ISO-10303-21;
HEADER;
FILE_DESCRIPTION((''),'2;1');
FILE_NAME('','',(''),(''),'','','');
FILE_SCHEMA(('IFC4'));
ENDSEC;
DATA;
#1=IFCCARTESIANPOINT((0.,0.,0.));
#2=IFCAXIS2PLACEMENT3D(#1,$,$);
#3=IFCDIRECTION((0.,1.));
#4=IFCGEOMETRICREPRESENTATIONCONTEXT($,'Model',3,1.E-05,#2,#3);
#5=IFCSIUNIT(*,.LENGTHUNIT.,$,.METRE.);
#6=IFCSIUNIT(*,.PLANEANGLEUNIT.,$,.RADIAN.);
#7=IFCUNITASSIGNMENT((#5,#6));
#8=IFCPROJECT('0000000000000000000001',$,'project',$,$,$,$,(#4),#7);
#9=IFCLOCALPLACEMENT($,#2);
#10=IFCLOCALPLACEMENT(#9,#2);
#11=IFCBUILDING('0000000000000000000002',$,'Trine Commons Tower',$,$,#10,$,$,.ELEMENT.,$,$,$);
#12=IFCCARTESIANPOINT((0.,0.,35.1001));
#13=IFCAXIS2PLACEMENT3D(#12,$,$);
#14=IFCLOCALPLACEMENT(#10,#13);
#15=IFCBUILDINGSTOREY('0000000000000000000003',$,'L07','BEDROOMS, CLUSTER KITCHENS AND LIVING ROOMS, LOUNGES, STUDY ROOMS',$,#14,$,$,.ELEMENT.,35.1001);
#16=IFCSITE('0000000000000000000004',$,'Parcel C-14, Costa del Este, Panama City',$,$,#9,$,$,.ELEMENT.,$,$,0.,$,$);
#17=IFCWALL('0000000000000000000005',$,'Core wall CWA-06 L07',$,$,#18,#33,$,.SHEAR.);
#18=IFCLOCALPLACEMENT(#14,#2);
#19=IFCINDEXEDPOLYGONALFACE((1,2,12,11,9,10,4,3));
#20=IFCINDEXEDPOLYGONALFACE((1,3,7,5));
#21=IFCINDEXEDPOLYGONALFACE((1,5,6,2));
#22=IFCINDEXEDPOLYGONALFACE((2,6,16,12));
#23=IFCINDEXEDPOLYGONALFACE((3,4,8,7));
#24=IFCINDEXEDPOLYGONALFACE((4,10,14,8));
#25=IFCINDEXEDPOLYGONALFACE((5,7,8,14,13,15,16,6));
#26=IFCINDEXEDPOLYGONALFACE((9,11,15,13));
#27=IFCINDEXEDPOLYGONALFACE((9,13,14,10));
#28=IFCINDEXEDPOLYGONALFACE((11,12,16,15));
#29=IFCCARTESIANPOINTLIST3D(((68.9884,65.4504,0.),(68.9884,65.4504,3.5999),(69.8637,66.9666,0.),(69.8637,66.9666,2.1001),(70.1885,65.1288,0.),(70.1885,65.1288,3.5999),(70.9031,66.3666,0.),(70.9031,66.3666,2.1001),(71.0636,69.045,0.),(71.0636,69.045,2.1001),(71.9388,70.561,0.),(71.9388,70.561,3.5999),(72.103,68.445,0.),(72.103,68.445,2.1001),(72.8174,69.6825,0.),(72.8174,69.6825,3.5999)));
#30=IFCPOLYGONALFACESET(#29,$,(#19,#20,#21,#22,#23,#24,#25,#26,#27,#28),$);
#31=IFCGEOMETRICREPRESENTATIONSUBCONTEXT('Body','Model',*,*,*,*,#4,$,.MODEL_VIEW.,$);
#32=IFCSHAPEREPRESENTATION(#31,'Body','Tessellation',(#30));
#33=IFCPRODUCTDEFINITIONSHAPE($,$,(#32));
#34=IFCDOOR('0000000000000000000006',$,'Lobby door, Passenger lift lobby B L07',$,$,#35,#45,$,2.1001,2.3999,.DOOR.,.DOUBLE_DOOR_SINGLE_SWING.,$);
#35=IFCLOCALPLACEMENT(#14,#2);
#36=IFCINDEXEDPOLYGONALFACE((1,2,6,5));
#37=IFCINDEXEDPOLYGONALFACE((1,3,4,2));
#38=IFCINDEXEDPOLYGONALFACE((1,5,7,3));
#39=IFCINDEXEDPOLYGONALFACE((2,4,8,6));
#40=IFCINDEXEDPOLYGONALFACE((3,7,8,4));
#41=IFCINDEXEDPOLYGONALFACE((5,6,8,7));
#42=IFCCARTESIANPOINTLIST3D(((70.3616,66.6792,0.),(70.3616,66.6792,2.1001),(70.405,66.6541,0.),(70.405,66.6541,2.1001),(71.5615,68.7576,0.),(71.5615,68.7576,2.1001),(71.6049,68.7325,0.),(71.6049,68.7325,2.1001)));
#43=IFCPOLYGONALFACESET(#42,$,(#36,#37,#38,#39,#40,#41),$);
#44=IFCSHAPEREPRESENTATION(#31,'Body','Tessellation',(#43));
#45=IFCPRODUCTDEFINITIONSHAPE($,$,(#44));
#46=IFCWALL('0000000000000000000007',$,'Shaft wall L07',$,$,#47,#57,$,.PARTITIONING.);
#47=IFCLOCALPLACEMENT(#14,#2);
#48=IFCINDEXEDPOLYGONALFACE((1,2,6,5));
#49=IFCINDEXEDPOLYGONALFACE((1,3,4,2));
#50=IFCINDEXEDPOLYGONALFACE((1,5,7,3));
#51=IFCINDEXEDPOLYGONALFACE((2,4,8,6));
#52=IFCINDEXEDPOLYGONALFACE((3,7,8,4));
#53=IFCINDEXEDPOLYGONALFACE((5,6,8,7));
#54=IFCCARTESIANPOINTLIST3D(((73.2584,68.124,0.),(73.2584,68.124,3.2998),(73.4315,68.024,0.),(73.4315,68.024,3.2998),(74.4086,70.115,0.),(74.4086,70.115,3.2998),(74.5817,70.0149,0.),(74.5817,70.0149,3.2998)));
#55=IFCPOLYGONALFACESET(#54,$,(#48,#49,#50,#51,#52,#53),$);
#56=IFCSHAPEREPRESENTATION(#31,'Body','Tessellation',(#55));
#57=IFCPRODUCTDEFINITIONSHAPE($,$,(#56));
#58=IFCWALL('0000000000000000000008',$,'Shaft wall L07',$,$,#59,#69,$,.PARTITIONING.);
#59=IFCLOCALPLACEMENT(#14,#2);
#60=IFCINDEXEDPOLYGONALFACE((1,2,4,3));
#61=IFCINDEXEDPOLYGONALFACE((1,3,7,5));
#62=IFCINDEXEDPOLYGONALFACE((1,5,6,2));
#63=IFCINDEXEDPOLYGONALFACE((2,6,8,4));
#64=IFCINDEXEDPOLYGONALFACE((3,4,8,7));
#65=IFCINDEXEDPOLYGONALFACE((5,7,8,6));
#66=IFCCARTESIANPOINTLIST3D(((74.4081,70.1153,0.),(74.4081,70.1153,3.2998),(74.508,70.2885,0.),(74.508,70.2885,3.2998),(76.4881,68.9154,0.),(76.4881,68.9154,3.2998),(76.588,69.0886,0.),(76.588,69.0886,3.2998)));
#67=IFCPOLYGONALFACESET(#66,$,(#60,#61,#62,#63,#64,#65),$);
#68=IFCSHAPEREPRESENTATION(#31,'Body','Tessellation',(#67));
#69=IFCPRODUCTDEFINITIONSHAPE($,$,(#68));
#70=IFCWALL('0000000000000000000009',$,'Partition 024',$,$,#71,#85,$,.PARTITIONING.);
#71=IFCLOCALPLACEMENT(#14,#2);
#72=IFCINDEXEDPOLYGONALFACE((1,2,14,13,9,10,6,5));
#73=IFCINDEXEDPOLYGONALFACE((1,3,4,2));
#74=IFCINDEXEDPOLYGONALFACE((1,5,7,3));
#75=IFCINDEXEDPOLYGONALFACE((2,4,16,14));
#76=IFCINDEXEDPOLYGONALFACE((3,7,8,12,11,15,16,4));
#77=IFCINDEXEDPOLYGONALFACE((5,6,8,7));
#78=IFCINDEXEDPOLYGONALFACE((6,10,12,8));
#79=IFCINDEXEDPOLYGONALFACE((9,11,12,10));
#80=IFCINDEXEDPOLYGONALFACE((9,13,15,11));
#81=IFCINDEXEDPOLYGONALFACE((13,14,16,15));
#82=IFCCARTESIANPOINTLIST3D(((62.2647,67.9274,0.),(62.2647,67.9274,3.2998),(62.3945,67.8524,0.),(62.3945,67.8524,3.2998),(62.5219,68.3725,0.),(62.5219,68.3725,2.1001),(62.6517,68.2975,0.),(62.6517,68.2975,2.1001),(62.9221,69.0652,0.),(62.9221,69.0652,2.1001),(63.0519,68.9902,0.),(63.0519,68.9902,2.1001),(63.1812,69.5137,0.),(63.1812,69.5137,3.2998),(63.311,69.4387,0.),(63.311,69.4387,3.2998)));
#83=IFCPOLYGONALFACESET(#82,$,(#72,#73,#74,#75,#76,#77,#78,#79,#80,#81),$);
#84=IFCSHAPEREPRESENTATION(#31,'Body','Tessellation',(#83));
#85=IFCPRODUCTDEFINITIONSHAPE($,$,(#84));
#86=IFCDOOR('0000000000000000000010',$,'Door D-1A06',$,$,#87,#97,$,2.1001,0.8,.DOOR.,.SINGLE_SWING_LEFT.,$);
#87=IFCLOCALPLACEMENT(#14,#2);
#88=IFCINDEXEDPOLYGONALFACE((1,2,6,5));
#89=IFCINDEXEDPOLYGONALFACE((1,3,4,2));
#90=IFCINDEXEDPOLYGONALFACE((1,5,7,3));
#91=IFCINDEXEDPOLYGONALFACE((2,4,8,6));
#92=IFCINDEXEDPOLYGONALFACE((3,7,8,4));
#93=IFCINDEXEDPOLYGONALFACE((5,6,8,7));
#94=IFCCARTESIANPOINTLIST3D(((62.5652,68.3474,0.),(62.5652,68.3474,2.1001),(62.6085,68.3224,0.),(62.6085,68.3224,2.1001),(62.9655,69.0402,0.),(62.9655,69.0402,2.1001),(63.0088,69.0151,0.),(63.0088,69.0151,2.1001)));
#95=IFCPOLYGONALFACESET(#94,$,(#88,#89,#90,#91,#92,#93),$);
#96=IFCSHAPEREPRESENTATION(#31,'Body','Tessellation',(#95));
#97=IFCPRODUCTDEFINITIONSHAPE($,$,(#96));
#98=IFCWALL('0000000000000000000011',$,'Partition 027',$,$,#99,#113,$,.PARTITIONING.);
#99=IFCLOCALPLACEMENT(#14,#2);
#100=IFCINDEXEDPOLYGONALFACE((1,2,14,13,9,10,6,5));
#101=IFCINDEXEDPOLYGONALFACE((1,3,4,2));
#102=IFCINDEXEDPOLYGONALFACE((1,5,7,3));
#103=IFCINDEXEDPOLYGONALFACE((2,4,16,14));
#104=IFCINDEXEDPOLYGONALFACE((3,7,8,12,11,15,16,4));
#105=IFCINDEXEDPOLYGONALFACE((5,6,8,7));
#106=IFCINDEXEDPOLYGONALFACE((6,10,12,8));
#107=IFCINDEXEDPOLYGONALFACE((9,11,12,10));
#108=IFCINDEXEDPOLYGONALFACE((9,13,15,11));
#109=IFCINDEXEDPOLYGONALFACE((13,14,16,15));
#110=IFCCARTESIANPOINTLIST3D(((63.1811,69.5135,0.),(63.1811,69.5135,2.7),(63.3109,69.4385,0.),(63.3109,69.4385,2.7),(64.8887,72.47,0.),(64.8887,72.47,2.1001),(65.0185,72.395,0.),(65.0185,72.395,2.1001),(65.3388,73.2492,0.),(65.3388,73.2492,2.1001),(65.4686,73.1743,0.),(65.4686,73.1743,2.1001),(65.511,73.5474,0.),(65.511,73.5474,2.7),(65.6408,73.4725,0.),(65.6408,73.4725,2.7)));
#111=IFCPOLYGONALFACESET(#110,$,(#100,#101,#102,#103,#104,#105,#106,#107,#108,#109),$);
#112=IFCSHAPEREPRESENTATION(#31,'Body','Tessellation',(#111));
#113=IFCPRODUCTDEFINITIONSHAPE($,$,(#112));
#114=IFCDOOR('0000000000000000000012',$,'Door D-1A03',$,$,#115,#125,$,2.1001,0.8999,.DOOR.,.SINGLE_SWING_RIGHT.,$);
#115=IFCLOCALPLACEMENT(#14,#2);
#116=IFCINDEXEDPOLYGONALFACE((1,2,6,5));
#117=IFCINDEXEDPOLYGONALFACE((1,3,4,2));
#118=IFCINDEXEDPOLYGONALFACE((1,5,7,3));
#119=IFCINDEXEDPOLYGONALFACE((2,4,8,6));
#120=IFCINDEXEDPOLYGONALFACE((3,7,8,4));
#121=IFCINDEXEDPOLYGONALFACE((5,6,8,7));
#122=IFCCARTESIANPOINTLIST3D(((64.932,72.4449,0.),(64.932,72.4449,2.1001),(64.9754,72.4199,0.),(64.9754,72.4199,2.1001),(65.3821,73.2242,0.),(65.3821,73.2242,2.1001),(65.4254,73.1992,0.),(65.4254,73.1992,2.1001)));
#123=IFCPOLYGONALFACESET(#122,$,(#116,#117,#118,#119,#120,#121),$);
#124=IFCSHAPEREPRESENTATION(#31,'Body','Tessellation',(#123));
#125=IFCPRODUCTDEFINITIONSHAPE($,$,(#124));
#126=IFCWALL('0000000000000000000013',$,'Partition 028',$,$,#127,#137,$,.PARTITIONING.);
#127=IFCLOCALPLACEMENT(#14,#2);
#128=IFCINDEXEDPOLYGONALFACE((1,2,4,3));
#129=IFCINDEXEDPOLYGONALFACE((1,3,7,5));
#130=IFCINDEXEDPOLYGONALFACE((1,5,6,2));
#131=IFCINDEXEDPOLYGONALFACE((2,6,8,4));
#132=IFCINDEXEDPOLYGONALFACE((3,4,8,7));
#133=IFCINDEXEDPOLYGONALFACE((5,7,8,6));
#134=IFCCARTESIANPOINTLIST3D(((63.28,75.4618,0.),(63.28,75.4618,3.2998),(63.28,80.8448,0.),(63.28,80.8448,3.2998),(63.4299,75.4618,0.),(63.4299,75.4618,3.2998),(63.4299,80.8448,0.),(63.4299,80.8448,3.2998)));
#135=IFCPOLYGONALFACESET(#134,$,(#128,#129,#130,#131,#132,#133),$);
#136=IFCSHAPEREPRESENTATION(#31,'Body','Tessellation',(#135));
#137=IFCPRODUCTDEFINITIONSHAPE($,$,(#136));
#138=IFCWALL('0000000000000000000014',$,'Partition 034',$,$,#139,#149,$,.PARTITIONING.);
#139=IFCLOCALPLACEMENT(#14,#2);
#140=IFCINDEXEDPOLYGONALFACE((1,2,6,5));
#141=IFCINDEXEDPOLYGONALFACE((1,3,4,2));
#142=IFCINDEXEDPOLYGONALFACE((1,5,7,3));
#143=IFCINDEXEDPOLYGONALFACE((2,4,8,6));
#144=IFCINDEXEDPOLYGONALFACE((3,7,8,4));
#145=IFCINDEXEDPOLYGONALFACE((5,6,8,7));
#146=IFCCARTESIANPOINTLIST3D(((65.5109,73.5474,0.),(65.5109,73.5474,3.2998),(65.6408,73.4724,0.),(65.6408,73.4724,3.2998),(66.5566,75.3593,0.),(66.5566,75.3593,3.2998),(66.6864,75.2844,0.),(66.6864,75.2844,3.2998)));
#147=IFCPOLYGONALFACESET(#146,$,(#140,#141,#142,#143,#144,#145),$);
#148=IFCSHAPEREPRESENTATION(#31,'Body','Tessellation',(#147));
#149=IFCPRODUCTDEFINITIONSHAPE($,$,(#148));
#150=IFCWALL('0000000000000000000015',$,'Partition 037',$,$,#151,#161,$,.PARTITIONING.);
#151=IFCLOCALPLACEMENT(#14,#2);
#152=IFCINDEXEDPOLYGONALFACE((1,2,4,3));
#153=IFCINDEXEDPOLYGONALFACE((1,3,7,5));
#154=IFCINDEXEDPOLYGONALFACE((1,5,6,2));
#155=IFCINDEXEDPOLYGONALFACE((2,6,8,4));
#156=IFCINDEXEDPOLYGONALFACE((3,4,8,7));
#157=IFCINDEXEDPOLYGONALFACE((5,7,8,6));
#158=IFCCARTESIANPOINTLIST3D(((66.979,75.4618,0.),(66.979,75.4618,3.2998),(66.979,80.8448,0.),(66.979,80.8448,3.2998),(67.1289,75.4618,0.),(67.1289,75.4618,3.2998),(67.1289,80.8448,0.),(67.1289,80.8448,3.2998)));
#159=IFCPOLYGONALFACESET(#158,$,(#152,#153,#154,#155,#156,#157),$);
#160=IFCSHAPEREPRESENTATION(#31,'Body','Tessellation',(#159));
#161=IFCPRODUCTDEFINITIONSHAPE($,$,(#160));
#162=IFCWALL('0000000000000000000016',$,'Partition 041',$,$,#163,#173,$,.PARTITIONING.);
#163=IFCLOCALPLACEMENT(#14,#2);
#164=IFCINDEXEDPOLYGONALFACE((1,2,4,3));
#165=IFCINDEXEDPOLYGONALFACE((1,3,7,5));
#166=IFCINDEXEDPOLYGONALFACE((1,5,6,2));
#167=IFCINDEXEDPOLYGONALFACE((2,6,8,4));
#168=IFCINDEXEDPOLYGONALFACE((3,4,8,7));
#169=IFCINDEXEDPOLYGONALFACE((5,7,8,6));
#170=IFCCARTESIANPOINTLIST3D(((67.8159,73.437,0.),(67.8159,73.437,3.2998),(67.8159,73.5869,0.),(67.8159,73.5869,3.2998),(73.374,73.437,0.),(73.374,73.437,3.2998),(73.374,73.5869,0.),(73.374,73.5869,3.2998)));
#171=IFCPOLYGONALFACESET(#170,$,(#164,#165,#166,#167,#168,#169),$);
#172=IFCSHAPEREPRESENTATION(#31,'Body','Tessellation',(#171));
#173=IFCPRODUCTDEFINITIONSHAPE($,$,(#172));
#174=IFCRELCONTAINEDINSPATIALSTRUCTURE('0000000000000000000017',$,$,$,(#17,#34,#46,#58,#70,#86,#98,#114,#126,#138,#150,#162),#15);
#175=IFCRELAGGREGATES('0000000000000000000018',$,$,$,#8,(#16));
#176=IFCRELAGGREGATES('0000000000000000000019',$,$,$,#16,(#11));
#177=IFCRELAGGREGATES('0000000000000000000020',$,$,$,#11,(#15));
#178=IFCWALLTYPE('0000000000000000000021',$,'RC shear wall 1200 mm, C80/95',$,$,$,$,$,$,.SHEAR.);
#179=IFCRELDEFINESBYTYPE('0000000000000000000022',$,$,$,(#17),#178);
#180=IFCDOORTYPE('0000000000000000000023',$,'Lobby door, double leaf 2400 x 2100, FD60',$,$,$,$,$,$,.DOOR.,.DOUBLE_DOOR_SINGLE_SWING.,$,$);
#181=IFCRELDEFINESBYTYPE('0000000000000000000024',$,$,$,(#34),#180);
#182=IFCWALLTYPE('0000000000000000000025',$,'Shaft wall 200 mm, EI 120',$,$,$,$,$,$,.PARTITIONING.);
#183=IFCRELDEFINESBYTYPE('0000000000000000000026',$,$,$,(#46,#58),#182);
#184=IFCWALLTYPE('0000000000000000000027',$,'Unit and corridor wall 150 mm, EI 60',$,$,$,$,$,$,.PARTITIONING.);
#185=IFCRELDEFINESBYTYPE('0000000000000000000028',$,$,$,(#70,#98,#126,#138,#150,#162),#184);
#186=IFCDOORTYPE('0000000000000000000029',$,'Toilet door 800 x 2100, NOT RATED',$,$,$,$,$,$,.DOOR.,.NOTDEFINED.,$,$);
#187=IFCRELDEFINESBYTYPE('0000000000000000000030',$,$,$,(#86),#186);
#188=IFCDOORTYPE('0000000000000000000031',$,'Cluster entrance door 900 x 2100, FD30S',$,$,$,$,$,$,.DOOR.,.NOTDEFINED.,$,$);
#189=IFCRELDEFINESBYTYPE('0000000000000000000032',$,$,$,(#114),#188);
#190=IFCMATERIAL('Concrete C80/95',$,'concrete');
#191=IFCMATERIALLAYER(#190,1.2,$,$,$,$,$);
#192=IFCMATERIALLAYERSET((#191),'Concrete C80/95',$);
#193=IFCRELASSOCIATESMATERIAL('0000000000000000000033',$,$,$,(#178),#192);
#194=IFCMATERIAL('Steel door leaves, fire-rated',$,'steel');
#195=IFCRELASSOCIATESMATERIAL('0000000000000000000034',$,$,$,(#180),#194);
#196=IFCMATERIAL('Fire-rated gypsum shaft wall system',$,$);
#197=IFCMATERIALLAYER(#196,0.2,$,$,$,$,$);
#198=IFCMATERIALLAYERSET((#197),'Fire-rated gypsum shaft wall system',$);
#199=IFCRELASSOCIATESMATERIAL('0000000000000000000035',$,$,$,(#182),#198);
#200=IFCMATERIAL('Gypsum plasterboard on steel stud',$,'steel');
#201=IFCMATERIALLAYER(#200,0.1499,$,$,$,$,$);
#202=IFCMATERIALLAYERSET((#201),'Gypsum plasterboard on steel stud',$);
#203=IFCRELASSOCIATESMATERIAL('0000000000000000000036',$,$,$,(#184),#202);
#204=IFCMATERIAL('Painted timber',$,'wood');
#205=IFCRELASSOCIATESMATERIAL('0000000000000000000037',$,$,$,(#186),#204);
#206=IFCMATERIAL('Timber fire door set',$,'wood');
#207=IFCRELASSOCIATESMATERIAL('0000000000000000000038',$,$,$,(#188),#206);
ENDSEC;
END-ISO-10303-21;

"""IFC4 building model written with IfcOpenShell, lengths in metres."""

from ifc_helpers import new_model, si_unit, direction, frame, frame_2d, origin, place, context, subcontext, project, spatial, polyline, rectangle, outline, extrude, material, layer, layer_set, type_object, element, fill, save


model = new_model("IFC4")

# Units and contexts
model_context = context("Model", 3, precision=1e-05, world=origin(), true_north=direction((0.0, 1.0)))
body_context = subcontext(model_context, "Body", "Model", "MODEL_VIEW")
ifc_project = project(units=[si_unit("LENGTHUNIT", "METRE"), si_unit("PLANEANGLEUNIT", "RADIAN")], contexts=[model_context])

# Site, building, storey
site_placement = place(None, origin())
site = spatial("IfcSite", under=ifc_project, at=site_placement, Name="Parcel C-14, Costa del Este, Panama City", CompositionType="ELEMENT", RefElevation=0.0)
building_placement = place(site_placement, origin())
building = spatial("IfcBuilding", under=site, at=building_placement, Name="Trine Commons Tower", CompositionType="ELEMENT")
storey_placement = place(building_placement, frame((0.0, 0.0, 35.1001)))
storey = spatial("IfcBuildingStorey", under=building, at=storey_placement, Name="L07", Description="BEDROOMS, CLUSTER KITCHENS AND LIVING ROOMS, LOUNGES, STUDY ROOMS", CompositionType="ELEMENT", Elevation=35.1001)

# Shared definitions
ifc_material_1 = material(Name="Concrete C80/95", Category="concrete")

# Wall, opening, door
ifc_layer_1 = layer(ifc_material_1, 1.2)
ifc_layer_set_1 = layer_set([ifc_layer_1], Name="Concrete C80/95")
wall_type_1 = type_object("IfcWallType", Name="RC shear wall 1200 mm, C80/95", PredefinedType="SHEAR", material=ifc_layer_set_1)
wall_1_placement = place(storey_placement, frame((72.4585, 70.261, 0.0), z_axis=(0.0, 0.0, 1.0), x_axis=(-0.499979, -0.866037, 0.0)))
wall_1 = element("IfcWall", 1, at=wall_1_placement, inside=storey, type_object=wall_type_1, Name="Core wall CWA-06 L07", PredefinedType="SHEAR", context=body_context, shape_type="SweptSolid", body=[
    extrude(outline(polyline([(0.0, -0.6001), (5.9011, -0.6001), (5.5796, 0.6001), (0.3215, 0.6001), (0.0, -0.6001)])), origin(), (0.0, 0.0, 1.0), 3.5999),
])
opening_1_placement = place(wall_1_placement, frame((1.7505, 0.0, 0.0)))
opening_1 = element("IfcOpeningElement", 2, at=opening_1_placement, cuts=wall_1, PredefinedType="OPENING", context=body_context, shape_type="SweptSolid", body=[
    extrude(rectangle(XDim=2.3999, YDim=2.1001, at=frame_2d((1.2, 1.05))), frame((0.0, 0.6099, 0.0), z_axis=(0.0, -1.0, 0.0), x_axis=(1.0, 0.0, 0.0)), (0.0, 0.0, 1.0), 1.22),
])
ifc_material_2 = material(Name="Steel door leaves, fire-rated", Category="steel")
door_type_1 = type_object("IfcDoorType", Name="Lobby door, double leaf 2400 x 2100, FD60", OperationType="DOUBLE_DOOR_SINGLE_SWING", PredefinedType="DOOR", material=ifc_material_2)
door_1_placement = place(opening_1_placement, origin())
door_1 = element("IfcDoor", 3, at=door_1_placement, inside=storey, type_object=door_type_1, Name="Lobby door, Passenger lift lobby B L07", OperationType="DOUBLE_DOOR_SINGLE_SWING", OverallHeight=2.1001, OverallWidth=2.3999, PredefinedType="DOOR", context=body_context, shape_type="SweptSolid", body=[
    extrude(rectangle(XDim=2.3999, YDim=2.1001, at=frame_2d((1.2, 1.05))), frame((0.0, 0.0249, 0.0), z_axis=(0.0, -1.0, 0.0), x_axis=(1.0, 0.0, 0.0)), (0.0, 0.0, 1.0), 0.05),
])
fill(opening_1, door_1)

# Walls
ifc_material_3 = material(Name="Fire-rated gypsum shaft wall system")
ifc_layer_2 = layer(ifc_material_3, 0.2)
ifc_layer_set_2 = layer_set([ifc_layer_2], Name="Fire-rated gypsum shaft wall system")
wall_type_2 = type_object("IfcWallType", Name="Shaft wall 200 mm, EI 120", PredefinedType="PARTITIONING", material=ifc_layer_set_2)
wall_2_placement = place(storey_placement, frame((73.345, 68.074, 0.0), z_axis=(0.0, 0.0, 1.0), x_axis=(0.500216, 0.865901, 0.0)))
element("IfcWall", 4, at=wall_2_placement, inside=storey, type_object=wall_type_2, Name="Shaft wall L07", PredefinedType="PARTITIONING", context=body_context, shape_type="SweptSolid", body=[
    extrude(rectangle(XDim=2.2993, YDim=0.2, at=frame_2d((1.1497, 0.0))), origin(), (0.0, 0.0, 1.0), 3.2998),
])
wall_3_placement = place(storey_placement, frame((76.5381, 69.002, 0.0), z_axis=(0.0, 0.0, 1.0), x_axis=(-0.866203, 0.499693, 0.0)))
element("IfcWall", 5, at=wall_3_placement, inside=storey, type_object=wall_type_2, Name="Shaft wall L07", PredefinedType="PARTITIONING", context=body_context, shape_type="SweptSolid", body=[
    extrude(rectangle(XDim=2.4014, YDim=0.2, at=frame_2d((1.2007, 0.0))), origin(), (0.0, 0.0, 1.0), 3.2998),
])

# Walls, openings, doors
ifc_material_4 = material(Name="Gypsum plasterboard on steel stud", Category="steel")
ifc_layer_3 = layer(ifc_material_4, 0.1499)
ifc_layer_set_3 = layer_set([ifc_layer_3], Name="Gypsum plasterboard on steel stud")
wall_type_3 = type_object("IfcWallType", Name="Unit and corridor wall 150 mm, EI 60", PredefinedType="PARTITIONING", material=ifc_layer_set_3)
wall_4_placement = place(storey_placement, frame((62.3296, 67.8899, 0.0), z_axis=(0.0, 0.0, 1.0), x_axis=(0.500295, 0.865855, 0.0)))
wall_4 = element("IfcWall", 6, at=wall_4_placement, inside=storey, type_object=wall_type_3, Name="Partition 024", PredefinedType="PARTITIONING", context=body_context, shape_type="SweptSolid", body=[
    extrude(rectangle(XDim=1.832, YDim=0.1499, at=frame_2d((0.916, 0.0))), origin(), (0.0, 0.0, 1.0), 3.2998),
])
opening_2_placement = place(wall_4_placement, frame((0.5142, 0.0, 0.0)))
opening_2 = element("IfcOpeningElement", 7, at=opening_2_placement, cuts=wall_4, PredefinedType="OPENING", context=body_context, shape_type="SweptSolid", body=[
    extrude(rectangle(XDim=0.8, YDim=2.1001, at=frame_2d((0.3999, 1.05))), frame((0.0, 0.085, 0.0), z_axis=(0.0, -1.0, 0.0), x_axis=(1.0, 0.0, 0.0)), (0.0, 0.0, 1.0), 0.1699),
])
ifc_material_5 = material(Name="Painted timber", Category="wood")
door_type_2 = type_object("IfcDoorType", Name="Toilet door 800 x 2100, NOT RATED", OperationType="NOTDEFINED", PredefinedType="DOOR", material=ifc_material_5)
door_2_placement = place(opening_2_placement, origin())
door_2 = element("IfcDoor", 8, at=door_2_placement, inside=storey, type_object=door_type_2, Name="Door D-1A06", OperationType="SINGLE_SWING_LEFT", OverallHeight=2.1001, OverallWidth=0.8, PredefinedType="DOOR", context=body_context, shape_type="SweptSolid", body=[
    extrude(rectangle(XDim=0.8, YDim=2.1001, at=frame_2d((0.3999, 1.05))), frame((0.0, 0.0249, 0.0), z_axis=(0.0, -1.0, 0.0), x_axis=(1.0, 0.0, 0.0)), (0.0, 0.0, 1.0), 0.05),
])
fill(opening_2, door_2)
wall_5_placement = place(storey_placement, frame((63.2461, 69.4761, 0.0), z_axis=(0.0, 0.0, 1.0), x_axis=(0.500135, 0.865947, 0.0)))
wall_5 = element("IfcWall", 9, at=wall_5_placement, inside=storey, type_object=wall_type_3, Name="Partition 027", PredefinedType="PARTITIONING", context=body_context, shape_type="SweptSolid", body=[
    extrude(rectangle(XDim=4.6584, YDim=0.1499, at=frame_2d((2.3291, 0.0))), origin(), (0.0, 0.0, 1.0), 2.7),
])
opening_3_placement = place(wall_5_placement, frame((3.4141, 0.0, 0.0)))
opening_3 = element("IfcOpeningElement", 10, at=opening_3_placement, cuts=wall_5, PredefinedType="OPENING", context=body_context, shape_type="SweptSolid", body=[
    extrude(rectangle(XDim=0.8999, YDim=2.1001, at=frame_2d((0.45, 1.05))), frame((0.0, 0.085, 0.0), z_axis=(0.0, -1.0, 0.0), x_axis=(1.0, 0.0, 0.0)), (0.0, 0.0, 1.0), 0.1699),
])
ifc_material_6 = material(Name="Timber fire door set", Category="wood")
door_type_3 = type_object("IfcDoorType", Name="Cluster entrance door 900 x 2100, FD30S", OperationType="NOTDEFINED", PredefinedType="DOOR", material=ifc_material_6)
door_3_placement = place(opening_3_placement, origin())
door_3 = element("IfcDoor", 11, at=door_3_placement, inside=storey, type_object=door_type_3, Name="Door D-1A03", OperationType="SINGLE_SWING_RIGHT", OverallHeight=2.1001, OverallWidth=0.8999, PredefinedType="DOOR", context=body_context, shape_type="SweptSolid", body=[
    extrude(rectangle(XDim=0.8999, YDim=2.1001, at=frame_2d((0.45, 1.05))), frame((0.0, 0.0249, 0.0), z_axis=(0.0, -1.0, 0.0), x_axis=(1.0, 0.0, 0.0)), (0.0, 0.0, 1.0), 0.05),
])
fill(opening_3, door_3)

# Walls
wall_6_placement = place(storey_placement, frame((63.355, 75.4619, 0.0), z_axis=(0.0, 0.0, 1.0), x_axis=(0.0, 1.0, 0.0)))
element("IfcWall", 12, at=wall_6_placement, inside=storey, type_object=wall_type_3, Name="Partition 028", PredefinedType="PARTITIONING", context=body_context, shape_type="SweptSolid", body=[
    extrude(rectangle(XDim=5.3831, YDim=0.1499, at=frame_2d((2.6914, 0.0))), origin(), (0.0, 0.0, 1.0), 3.2998),
])
wall_7_placement = place(storey_placement, frame((65.5759, 73.51, 0.0), z_axis=(0.0, 0.0, 1.0), x_axis=(0.499817, 0.866131, 0.0)))
element("IfcWall", 13, at=wall_7_placement, inside=storey, type_object=wall_type_3, Name="Partition 034", PredefinedType="PARTITIONING", context=body_context, shape_type="SweptSolid", body=[
    extrude(rectangle(XDim=2.092, YDim=0.1499, at=frame_2d((1.0459, 0.0))), origin(), (0.0, 0.0, 1.0), 3.2998),
])
wall_8_placement = place(storey_placement, frame((67.054, 75.4619, 0.0), z_axis=(0.0, 0.0, 1.0), x_axis=(0.0, 1.0, 0.0)))
element("IfcWall", 14, at=wall_8_placement, inside=storey, type_object=wall_type_3, Name="Partition 037", PredefinedType="PARTITIONING", context=body_context, shape_type="SweptSolid", body=[
    extrude(rectangle(XDim=5.3831, YDim=0.1499, at=frame_2d((2.6914, 0.0))), origin(), (0.0, 0.0, 1.0), 3.2998),
])
wall_9_placement = place(storey_placement, frame((67.8159, 73.512, 0.0), z_axis=(0.0, 0.0, 1.0), x_axis=(1.0, 0.0, 0.0)))
element("IfcWall", 15, at=wall_9_placement, inside=storey, type_object=wall_type_3, Name="Partition 041", PredefinedType="PARTITIONING", context=body_context, shape_type="SweptSolid", body=[
    extrude(rectangle(XDim=5.5581, YDim=0.1499, at=frame_2d((2.7791, 0.0))), origin(), (0.0, 0.0, 1.0), 3.2998),
])

save(model, "model.ifc")
